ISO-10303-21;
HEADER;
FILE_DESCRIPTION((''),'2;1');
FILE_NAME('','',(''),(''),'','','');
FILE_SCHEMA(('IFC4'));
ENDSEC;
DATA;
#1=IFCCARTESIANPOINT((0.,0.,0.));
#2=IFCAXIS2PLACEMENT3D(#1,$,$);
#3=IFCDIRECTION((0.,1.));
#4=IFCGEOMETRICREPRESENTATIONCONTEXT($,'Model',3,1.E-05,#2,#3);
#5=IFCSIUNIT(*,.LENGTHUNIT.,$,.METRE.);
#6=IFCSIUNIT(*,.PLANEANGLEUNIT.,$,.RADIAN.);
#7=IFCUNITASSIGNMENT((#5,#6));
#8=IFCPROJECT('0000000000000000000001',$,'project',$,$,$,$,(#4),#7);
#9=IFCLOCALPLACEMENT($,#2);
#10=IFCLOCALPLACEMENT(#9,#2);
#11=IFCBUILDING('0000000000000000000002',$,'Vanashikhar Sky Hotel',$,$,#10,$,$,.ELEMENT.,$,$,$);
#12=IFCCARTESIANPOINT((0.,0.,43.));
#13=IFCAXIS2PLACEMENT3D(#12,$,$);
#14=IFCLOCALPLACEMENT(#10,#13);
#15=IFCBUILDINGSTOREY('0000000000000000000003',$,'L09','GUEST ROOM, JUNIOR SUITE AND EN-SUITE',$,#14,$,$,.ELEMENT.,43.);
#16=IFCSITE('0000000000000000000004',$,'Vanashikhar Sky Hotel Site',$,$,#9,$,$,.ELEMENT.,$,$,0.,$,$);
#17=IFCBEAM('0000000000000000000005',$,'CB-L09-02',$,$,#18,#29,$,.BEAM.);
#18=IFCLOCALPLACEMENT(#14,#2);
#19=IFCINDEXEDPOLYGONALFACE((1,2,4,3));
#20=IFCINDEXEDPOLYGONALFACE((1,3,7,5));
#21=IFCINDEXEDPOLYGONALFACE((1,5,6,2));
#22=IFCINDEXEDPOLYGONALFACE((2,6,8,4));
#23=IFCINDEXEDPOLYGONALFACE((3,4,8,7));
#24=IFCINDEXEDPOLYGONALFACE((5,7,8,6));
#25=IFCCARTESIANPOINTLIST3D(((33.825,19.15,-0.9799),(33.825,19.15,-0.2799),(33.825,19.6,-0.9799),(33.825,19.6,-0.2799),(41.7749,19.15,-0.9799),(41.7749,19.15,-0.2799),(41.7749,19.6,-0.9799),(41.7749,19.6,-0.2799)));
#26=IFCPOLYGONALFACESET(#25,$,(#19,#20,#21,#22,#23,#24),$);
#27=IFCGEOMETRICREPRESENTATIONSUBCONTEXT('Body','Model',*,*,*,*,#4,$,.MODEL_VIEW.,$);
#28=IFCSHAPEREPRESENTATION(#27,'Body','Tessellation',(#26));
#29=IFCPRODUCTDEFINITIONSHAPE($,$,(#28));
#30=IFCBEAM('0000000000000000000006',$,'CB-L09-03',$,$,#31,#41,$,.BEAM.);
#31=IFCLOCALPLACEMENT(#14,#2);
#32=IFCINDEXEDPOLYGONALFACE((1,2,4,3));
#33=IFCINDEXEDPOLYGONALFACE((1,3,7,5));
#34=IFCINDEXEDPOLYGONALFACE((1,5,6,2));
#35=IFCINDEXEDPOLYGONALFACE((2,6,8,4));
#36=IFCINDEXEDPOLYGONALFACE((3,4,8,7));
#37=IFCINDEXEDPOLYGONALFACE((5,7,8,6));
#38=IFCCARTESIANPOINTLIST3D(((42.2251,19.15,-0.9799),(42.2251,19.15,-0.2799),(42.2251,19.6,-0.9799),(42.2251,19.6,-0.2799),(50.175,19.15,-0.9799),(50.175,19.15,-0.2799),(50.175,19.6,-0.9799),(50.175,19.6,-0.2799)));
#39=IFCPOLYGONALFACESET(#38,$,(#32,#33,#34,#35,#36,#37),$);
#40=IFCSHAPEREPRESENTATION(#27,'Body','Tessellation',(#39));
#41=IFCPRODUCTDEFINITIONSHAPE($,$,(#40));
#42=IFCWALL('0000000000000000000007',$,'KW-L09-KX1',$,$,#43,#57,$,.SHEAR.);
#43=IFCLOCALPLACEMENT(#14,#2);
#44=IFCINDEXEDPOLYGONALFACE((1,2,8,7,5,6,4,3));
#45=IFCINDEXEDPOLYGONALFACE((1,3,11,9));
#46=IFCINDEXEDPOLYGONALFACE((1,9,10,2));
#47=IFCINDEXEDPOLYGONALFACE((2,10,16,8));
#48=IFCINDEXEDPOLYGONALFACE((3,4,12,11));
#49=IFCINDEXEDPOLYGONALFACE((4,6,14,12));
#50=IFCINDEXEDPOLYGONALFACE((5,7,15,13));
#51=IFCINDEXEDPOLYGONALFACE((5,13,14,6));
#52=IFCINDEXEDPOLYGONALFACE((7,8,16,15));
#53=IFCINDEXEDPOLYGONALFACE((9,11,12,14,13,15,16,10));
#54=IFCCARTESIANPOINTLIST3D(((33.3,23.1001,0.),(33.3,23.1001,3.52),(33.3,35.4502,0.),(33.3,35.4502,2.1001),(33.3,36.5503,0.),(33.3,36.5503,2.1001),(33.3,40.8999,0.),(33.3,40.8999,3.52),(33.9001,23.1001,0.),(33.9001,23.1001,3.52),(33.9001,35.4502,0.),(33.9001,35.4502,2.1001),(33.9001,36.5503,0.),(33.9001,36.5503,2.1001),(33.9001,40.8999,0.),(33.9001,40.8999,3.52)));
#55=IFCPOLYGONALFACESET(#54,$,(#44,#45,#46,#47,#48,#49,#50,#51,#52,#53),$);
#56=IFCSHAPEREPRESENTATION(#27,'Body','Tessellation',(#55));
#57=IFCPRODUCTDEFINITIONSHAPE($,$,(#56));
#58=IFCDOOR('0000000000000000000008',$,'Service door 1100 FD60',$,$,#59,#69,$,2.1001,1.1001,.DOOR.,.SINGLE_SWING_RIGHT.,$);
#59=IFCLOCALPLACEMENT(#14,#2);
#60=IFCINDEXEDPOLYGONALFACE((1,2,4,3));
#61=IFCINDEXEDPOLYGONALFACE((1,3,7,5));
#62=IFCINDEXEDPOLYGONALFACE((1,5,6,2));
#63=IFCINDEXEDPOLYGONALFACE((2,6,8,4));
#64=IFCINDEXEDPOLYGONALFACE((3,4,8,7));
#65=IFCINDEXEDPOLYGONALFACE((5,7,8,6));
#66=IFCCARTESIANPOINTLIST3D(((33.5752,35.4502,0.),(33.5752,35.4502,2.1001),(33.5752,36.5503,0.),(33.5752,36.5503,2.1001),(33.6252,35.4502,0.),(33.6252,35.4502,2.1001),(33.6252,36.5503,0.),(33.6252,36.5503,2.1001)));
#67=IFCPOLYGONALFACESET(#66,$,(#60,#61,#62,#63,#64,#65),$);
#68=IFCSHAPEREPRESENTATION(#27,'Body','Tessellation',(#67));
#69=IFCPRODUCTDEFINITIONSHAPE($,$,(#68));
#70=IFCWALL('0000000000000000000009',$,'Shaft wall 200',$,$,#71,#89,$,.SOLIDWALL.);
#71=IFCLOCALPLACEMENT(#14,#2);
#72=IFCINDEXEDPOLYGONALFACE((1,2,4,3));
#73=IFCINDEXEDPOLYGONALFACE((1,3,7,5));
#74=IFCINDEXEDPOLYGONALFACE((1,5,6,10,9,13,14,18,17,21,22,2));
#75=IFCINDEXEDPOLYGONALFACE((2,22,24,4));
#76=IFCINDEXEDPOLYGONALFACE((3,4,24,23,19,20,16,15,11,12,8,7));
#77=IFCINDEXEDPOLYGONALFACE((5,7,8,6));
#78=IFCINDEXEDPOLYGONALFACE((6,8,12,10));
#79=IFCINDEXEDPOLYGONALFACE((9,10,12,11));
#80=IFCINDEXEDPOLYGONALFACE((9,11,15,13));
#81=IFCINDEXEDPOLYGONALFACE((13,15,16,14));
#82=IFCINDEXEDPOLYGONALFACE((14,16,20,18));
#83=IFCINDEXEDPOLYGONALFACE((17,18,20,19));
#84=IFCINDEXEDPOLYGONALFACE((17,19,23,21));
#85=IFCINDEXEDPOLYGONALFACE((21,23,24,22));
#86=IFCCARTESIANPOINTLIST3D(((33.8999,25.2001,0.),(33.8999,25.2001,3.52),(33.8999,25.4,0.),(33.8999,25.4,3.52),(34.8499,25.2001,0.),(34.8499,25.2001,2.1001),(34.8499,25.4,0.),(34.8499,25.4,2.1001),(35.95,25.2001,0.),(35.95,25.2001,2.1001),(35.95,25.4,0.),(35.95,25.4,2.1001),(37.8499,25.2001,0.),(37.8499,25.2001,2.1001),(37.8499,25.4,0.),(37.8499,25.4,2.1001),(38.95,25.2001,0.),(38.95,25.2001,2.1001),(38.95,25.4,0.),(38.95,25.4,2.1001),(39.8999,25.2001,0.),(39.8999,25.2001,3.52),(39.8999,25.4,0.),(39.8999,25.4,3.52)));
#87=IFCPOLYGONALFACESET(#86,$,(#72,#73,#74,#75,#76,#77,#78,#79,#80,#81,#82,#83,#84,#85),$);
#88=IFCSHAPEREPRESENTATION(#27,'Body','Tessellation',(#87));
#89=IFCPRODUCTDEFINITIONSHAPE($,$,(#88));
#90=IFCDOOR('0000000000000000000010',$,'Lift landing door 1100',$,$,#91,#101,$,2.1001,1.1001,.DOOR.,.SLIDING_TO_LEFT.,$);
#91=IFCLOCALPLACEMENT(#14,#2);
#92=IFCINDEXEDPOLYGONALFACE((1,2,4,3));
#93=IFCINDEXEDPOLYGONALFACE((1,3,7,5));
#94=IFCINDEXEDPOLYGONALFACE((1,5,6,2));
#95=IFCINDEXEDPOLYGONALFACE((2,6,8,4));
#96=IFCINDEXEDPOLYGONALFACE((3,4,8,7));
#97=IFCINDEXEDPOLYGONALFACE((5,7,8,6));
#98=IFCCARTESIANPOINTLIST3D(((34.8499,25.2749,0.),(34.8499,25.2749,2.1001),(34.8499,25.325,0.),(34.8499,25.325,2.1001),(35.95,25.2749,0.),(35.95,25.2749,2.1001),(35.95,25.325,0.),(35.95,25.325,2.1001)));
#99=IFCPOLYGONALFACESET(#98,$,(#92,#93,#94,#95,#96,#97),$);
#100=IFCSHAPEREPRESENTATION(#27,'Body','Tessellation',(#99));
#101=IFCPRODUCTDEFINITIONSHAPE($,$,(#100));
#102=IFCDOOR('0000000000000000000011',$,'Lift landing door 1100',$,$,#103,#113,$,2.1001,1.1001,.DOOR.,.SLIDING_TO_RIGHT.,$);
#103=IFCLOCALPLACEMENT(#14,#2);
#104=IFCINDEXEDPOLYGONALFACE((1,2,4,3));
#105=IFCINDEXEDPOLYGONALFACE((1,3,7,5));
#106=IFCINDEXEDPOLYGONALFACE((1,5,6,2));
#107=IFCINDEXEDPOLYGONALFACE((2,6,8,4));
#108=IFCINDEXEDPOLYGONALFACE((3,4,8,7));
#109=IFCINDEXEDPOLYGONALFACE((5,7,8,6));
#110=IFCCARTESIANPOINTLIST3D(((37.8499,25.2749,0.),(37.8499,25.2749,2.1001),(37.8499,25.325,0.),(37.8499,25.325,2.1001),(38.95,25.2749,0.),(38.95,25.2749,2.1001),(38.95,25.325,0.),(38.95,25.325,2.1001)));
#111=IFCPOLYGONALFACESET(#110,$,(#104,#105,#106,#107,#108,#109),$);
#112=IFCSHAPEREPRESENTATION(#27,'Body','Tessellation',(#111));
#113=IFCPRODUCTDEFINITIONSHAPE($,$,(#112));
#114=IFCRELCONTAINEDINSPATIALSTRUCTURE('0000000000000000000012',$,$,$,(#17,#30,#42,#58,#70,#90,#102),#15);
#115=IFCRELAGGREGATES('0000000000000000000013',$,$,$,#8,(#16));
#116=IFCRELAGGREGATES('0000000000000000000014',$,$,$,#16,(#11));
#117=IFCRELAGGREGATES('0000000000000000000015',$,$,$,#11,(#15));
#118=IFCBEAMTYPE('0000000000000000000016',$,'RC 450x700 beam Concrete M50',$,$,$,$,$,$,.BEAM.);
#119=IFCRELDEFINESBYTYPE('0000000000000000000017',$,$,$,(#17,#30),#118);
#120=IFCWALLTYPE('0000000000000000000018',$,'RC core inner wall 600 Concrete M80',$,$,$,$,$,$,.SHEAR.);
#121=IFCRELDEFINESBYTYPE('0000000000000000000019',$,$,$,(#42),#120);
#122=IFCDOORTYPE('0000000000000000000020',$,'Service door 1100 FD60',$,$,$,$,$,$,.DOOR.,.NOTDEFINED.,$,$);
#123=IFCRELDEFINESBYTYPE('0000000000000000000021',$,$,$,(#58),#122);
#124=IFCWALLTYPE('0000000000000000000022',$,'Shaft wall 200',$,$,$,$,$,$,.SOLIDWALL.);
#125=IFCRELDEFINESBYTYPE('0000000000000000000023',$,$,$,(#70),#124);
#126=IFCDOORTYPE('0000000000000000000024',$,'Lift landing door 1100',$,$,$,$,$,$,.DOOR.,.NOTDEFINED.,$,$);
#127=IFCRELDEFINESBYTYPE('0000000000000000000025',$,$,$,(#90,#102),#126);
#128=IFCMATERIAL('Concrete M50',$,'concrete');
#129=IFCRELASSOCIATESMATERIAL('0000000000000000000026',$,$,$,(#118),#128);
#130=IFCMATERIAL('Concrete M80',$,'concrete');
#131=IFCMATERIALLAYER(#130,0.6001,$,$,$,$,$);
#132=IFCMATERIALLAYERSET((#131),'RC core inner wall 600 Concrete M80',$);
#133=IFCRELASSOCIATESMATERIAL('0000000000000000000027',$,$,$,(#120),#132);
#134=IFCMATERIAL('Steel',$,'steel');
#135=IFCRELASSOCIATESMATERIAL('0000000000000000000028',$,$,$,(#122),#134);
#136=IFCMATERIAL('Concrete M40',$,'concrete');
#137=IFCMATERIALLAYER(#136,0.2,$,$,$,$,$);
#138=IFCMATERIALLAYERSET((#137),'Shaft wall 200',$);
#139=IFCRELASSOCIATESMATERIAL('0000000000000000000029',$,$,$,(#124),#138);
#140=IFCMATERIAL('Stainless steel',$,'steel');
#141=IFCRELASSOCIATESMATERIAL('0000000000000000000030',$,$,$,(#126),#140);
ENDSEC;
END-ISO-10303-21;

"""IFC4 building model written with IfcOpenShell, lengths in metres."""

from ifc_helpers import new_model, si_unit, direction, frame, frame_2d, origin, origin_2d, place, context, subcontext, project, spatial, rectangle, extrude, source, transform, mapped, material, layer, layer_set, material_profile, profile_set, type_object, element, fill, save


model = new_model("IFC4")

# Units and contexts
model_context = context("Model", 3, precision=1e-05, world=origin(), true_north=direction((0.0, 1.0)))
body_context = subcontext(model_context, "Body", "Model", "MODEL_VIEW")
ifc_project = project(units=[si_unit("LENGTHUNIT", "METRE"), si_unit("PLANEANGLEUNIT", "RADIAN")], contexts=[model_context])

# Site, building, storey
site_placement = place(None, origin())
site = spatial("IfcSite", under=ifc_project, at=site_placement, Name="Vanashikhar Sky Hotel Site", CompositionType="ELEMENT", RefElevation=0.0)
building_placement = place(site_placement, origin())
building = spatial("IfcBuilding", under=site, at=building_placement, Name="Vanashikhar Sky Hotel", CompositionType="ELEMENT")
storey_placement = place(building_placement, frame((0.0, 0.0, 43.0)))
storey = spatial("IfcBuildingStorey", under=building, at=storey_placement, Name="L09", Description="GUEST ROOM, JUNIOR SUITE AND EN-SUITE", CompositionType="ELEMENT", Elevation=43.0)

# Beams
ifc_material_1 = material(Name="Concrete M50", Category="concrete")
ifc_material_profile = material_profile(ifc_material_1, rectangle(XDim=0.45, YDim=0.7, at=origin_2d()))
ifc_profile_set = profile_set([ifc_material_profile], Name="RC 450x700 beam Concrete M50")
beam_type = type_object("IfcBeamType", Name="RC 450x700 beam Concrete M50", PredefinedType="BEAM", material=ifc_profile_set)
shared_shape_1 = source(origin(), body_context, "Body", "SweptSolid", [
    extrude(rectangle(XDim=0.45, YDim=0.7, at=origin_2d()), origin(), (0.0, 0.0, 1.0), 7.95),
])
for number, where, z_axis, x_axis, name in (
    (1, (33.825, 19.375, -0.6299), (1.0, 0.0, 0.0), (0.0, 1.0, 0.0), "CB-L09-02"),
    (2, (42.2251, 19.375, -0.6299), (1.0, 0.0, 0.0), (0.0, 1.0, 0.0), "CB-L09-03"),
):
    element("IfcBeam", number, at=place(storey_placement, frame(where, z_axis=z_axis, x_axis=x_axis)), inside=storey, type_object=beam_type, Name=name, PredefinedType="BEAM", context=body_context, shape_type="MappedRepresentation", body=[
        mapped(shared_shape_1, transform((0.0, 0.0, 0.0), scale=1.0)),
    ])

# Wall, opening, door
ifc_material_2 = material(Name="Concrete M80", Category="concrete")
ifc_layer_1 = layer(ifc_material_2, 0.6001)
ifc_layer_set_1 = layer_set([ifc_layer_1], Name="RC core inner wall 600 Concrete M80")
wall_type_1 = type_object("IfcWallType", Name="RC core inner wall 600 Concrete M80", PredefinedType="SHEAR", material=ifc_layer_set_1)
shared_shape_2 = source(origin(), body_context, "Body", "SweptSolid", [
    extrude(rectangle(XDim=17.7998, YDim=0.6001, at=frame_2d((8.8999, 0.0))), origin(), (0.0, 0.0, 1.0), 3.52),
])
wall_1_placement = place(storey_placement, frame((33.6001, 23.1001, 0.0), z_axis=(0.0, 0.0, 1.0), x_axis=(0.0, 1.0, 0.0)))
wall_1 = element("IfcWall", 3, at=wall_1_placement, inside=storey, type_object=wall_type_1, Name="KW-L09-KX1", PredefinedType="SHEAR", context=body_context, shape_type="MappedRepresentation", body=[
    mapped(shared_shape_2, transform((0.0, 0.0, 0.0), scale=1.0)),
])
shared_shape_3 = source(origin(), body_context, "Body", "SweptSolid", [
    extrude(rectangle(XDim=1.1001, YDim=2.1001, at=frame_2d((0.55, 1.05))), frame((0.0, 0.3101, 0.0), z_axis=(0.0, -1.0, 0.0), x_axis=(1.0, 0.0, 0.0)), (0.0, 0.0, 1.0), 0.6201),
])
opening_1_placement = place(wall_1_placement, frame((12.3501, 0.0, 0.0)))
opening_1 = element("IfcOpeningElement", 4, at=opening_1_placement, cuts=wall_1, PredefinedType="OPENING", context=body_context, shape_type="MappedRepresentation", body=[
    mapped(shared_shape_3, transform((0.0, 0.0, 0.0), scale=1.0)),
])
ifc_material_3 = material(Name="Steel", Category="steel")
door_type_1 = type_object("IfcDoorType", Name="Service door 1100 FD60", OperationType="NOTDEFINED", PredefinedType="DOOR", material=ifc_material_3)
shared_shape_4 = source(origin(), body_context, "Body", "SweptSolid", [
    extrude(rectangle(XDim=1.1001, YDim=2.1001, at=frame_2d((0.55, 1.05))), frame((0.0, 0.0249, 0.0), z_axis=(0.0, -1.0, 0.0), x_axis=(1.0, 0.0, 0.0)), (0.0, 0.0, 1.0), 0.05),
])
door_1_placement = place(opening_1_placement, origin())
door_1 = element("IfcDoor", 5, at=door_1_placement, inside=storey, type_object=door_type_1, Name="Service door 1100 FD60", OperationType="SINGLE_SWING_RIGHT", OverallHeight=2.1001, OverallWidth=1.1001, PredefinedType="DOOR", context=body_context, shape_type="MappedRepresentation", body=[
    mapped(shared_shape_4, transform((0.0, 0.0, 0.0), scale=1.0)),
])
fill(opening_1, door_1)

# Wall, openings, doors
ifc_material_4 = material(Name="Concrete M40", Category="concrete")
ifc_layer_2 = layer(ifc_material_4, 0.2)
ifc_layer_set_2 = layer_set([ifc_layer_2], Name="Shaft wall 200")
wall_type_2 = type_object("IfcWallType", Name="Shaft wall 200", PredefinedType="SOLIDWALL", material=ifc_layer_set_2)
shared_shape_5 = source(origin(), body_context, "Body", "SweptSolid", [
    extrude(rectangle(XDim=6.0, YDim=0.2, at=frame_2d((3.0, 0.0))), origin(), (0.0, 0.0, 1.0), 3.52),
])
wall_2_placement = place(storey_placement, frame((33.8999, 25.3, 0.0), z_axis=(0.0, 0.0, 1.0), x_axis=(1.0, 0.0, 0.0)))
wall_2 = element("IfcWall", 6, at=wall_2_placement, inside=storey, type_object=wall_type_2, Name="Shaft wall 200", PredefinedType="SOLIDWALL", context=body_context, shape_type="MappedRepresentation", body=[
    mapped(shared_shape_5, transform((0.0, 0.0, 0.0), scale=1.0)),
])
shared_shape_6 = source(origin(), body_context, "Body", "SweptSolid", [
    extrude(rectangle(XDim=1.1001, YDim=2.1001, at=frame_2d((0.55, 1.05))), frame((0.0, 0.1099, 0.0), z_axis=(0.0, -1.0, 0.0), x_axis=(1.0, 0.0, 0.0)), (0.0, 0.0, 1.0), 0.22),
])
opening_2_placement = place(wall_2_placement, frame((0.95, 0.0, 0.0)))
opening_2 = element("IfcOpeningElement", 7, at=opening_2_placement, cuts=wall_2, PredefinedType="OPENING", context=body_context, shape_type="MappedRepresentation", body=[
    mapped(shared_shape_6, transform((0.0, 0.0, 0.0), scale=1.0)),
])
opening_3_placement = place(wall_2_placement, frame((3.95, 0.0, 0.0)))
opening_3 = element("IfcOpeningElement", 8, at=opening_3_placement, cuts=wall_2, PredefinedType="OPENING", context=body_context, shape_type="MappedRepresentation", body=[
    mapped(shared_shape_6, transform((0.0, 0.0, 0.0), scale=1.0)),
])
ifc_material_5 = material(Name="Stainless steel", Category="steel")
door_type_2 = type_object("IfcDoorType", Name="Lift landing door 1100", OperationType="NOTDEFINED", PredefinedType="DOOR", material=ifc_material_5)
door_2_placement = place(opening_2_placement, origin())
door_2 = element("IfcDoor", 9, at=door_2_placement, inside=storey, type_object=door_type_2, Name="Lift landing door 1100", OperationType="SLIDING_TO_LEFT", OverallHeight=2.1001, OverallWidth=1.1001, PredefinedType="DOOR", context=body_context, shape_type="MappedRepresentation", body=[
    mapped(shared_shape_4, transform((0.0, 0.0, 0.0), scale=1.0)),
])
fill(opening_2, door_2)
door_3_placement = place(opening_3_placement, origin())
door_3 = element("IfcDoor", 10, at=door_3_placement, inside=storey, type_object=door_type_2, Name="Lift landing door 1100", OperationType="SLIDING_TO_RIGHT", OverallHeight=2.1001, OverallWidth=1.1001, PredefinedType="DOOR", context=body_context, shape_type="MappedRepresentation", body=[
    mapped(shared_shape_4, transform((0.0, 0.0, 0.0), scale=1.0)),
])
fill(opening_3, door_3)

save(model, "model.ifc")
